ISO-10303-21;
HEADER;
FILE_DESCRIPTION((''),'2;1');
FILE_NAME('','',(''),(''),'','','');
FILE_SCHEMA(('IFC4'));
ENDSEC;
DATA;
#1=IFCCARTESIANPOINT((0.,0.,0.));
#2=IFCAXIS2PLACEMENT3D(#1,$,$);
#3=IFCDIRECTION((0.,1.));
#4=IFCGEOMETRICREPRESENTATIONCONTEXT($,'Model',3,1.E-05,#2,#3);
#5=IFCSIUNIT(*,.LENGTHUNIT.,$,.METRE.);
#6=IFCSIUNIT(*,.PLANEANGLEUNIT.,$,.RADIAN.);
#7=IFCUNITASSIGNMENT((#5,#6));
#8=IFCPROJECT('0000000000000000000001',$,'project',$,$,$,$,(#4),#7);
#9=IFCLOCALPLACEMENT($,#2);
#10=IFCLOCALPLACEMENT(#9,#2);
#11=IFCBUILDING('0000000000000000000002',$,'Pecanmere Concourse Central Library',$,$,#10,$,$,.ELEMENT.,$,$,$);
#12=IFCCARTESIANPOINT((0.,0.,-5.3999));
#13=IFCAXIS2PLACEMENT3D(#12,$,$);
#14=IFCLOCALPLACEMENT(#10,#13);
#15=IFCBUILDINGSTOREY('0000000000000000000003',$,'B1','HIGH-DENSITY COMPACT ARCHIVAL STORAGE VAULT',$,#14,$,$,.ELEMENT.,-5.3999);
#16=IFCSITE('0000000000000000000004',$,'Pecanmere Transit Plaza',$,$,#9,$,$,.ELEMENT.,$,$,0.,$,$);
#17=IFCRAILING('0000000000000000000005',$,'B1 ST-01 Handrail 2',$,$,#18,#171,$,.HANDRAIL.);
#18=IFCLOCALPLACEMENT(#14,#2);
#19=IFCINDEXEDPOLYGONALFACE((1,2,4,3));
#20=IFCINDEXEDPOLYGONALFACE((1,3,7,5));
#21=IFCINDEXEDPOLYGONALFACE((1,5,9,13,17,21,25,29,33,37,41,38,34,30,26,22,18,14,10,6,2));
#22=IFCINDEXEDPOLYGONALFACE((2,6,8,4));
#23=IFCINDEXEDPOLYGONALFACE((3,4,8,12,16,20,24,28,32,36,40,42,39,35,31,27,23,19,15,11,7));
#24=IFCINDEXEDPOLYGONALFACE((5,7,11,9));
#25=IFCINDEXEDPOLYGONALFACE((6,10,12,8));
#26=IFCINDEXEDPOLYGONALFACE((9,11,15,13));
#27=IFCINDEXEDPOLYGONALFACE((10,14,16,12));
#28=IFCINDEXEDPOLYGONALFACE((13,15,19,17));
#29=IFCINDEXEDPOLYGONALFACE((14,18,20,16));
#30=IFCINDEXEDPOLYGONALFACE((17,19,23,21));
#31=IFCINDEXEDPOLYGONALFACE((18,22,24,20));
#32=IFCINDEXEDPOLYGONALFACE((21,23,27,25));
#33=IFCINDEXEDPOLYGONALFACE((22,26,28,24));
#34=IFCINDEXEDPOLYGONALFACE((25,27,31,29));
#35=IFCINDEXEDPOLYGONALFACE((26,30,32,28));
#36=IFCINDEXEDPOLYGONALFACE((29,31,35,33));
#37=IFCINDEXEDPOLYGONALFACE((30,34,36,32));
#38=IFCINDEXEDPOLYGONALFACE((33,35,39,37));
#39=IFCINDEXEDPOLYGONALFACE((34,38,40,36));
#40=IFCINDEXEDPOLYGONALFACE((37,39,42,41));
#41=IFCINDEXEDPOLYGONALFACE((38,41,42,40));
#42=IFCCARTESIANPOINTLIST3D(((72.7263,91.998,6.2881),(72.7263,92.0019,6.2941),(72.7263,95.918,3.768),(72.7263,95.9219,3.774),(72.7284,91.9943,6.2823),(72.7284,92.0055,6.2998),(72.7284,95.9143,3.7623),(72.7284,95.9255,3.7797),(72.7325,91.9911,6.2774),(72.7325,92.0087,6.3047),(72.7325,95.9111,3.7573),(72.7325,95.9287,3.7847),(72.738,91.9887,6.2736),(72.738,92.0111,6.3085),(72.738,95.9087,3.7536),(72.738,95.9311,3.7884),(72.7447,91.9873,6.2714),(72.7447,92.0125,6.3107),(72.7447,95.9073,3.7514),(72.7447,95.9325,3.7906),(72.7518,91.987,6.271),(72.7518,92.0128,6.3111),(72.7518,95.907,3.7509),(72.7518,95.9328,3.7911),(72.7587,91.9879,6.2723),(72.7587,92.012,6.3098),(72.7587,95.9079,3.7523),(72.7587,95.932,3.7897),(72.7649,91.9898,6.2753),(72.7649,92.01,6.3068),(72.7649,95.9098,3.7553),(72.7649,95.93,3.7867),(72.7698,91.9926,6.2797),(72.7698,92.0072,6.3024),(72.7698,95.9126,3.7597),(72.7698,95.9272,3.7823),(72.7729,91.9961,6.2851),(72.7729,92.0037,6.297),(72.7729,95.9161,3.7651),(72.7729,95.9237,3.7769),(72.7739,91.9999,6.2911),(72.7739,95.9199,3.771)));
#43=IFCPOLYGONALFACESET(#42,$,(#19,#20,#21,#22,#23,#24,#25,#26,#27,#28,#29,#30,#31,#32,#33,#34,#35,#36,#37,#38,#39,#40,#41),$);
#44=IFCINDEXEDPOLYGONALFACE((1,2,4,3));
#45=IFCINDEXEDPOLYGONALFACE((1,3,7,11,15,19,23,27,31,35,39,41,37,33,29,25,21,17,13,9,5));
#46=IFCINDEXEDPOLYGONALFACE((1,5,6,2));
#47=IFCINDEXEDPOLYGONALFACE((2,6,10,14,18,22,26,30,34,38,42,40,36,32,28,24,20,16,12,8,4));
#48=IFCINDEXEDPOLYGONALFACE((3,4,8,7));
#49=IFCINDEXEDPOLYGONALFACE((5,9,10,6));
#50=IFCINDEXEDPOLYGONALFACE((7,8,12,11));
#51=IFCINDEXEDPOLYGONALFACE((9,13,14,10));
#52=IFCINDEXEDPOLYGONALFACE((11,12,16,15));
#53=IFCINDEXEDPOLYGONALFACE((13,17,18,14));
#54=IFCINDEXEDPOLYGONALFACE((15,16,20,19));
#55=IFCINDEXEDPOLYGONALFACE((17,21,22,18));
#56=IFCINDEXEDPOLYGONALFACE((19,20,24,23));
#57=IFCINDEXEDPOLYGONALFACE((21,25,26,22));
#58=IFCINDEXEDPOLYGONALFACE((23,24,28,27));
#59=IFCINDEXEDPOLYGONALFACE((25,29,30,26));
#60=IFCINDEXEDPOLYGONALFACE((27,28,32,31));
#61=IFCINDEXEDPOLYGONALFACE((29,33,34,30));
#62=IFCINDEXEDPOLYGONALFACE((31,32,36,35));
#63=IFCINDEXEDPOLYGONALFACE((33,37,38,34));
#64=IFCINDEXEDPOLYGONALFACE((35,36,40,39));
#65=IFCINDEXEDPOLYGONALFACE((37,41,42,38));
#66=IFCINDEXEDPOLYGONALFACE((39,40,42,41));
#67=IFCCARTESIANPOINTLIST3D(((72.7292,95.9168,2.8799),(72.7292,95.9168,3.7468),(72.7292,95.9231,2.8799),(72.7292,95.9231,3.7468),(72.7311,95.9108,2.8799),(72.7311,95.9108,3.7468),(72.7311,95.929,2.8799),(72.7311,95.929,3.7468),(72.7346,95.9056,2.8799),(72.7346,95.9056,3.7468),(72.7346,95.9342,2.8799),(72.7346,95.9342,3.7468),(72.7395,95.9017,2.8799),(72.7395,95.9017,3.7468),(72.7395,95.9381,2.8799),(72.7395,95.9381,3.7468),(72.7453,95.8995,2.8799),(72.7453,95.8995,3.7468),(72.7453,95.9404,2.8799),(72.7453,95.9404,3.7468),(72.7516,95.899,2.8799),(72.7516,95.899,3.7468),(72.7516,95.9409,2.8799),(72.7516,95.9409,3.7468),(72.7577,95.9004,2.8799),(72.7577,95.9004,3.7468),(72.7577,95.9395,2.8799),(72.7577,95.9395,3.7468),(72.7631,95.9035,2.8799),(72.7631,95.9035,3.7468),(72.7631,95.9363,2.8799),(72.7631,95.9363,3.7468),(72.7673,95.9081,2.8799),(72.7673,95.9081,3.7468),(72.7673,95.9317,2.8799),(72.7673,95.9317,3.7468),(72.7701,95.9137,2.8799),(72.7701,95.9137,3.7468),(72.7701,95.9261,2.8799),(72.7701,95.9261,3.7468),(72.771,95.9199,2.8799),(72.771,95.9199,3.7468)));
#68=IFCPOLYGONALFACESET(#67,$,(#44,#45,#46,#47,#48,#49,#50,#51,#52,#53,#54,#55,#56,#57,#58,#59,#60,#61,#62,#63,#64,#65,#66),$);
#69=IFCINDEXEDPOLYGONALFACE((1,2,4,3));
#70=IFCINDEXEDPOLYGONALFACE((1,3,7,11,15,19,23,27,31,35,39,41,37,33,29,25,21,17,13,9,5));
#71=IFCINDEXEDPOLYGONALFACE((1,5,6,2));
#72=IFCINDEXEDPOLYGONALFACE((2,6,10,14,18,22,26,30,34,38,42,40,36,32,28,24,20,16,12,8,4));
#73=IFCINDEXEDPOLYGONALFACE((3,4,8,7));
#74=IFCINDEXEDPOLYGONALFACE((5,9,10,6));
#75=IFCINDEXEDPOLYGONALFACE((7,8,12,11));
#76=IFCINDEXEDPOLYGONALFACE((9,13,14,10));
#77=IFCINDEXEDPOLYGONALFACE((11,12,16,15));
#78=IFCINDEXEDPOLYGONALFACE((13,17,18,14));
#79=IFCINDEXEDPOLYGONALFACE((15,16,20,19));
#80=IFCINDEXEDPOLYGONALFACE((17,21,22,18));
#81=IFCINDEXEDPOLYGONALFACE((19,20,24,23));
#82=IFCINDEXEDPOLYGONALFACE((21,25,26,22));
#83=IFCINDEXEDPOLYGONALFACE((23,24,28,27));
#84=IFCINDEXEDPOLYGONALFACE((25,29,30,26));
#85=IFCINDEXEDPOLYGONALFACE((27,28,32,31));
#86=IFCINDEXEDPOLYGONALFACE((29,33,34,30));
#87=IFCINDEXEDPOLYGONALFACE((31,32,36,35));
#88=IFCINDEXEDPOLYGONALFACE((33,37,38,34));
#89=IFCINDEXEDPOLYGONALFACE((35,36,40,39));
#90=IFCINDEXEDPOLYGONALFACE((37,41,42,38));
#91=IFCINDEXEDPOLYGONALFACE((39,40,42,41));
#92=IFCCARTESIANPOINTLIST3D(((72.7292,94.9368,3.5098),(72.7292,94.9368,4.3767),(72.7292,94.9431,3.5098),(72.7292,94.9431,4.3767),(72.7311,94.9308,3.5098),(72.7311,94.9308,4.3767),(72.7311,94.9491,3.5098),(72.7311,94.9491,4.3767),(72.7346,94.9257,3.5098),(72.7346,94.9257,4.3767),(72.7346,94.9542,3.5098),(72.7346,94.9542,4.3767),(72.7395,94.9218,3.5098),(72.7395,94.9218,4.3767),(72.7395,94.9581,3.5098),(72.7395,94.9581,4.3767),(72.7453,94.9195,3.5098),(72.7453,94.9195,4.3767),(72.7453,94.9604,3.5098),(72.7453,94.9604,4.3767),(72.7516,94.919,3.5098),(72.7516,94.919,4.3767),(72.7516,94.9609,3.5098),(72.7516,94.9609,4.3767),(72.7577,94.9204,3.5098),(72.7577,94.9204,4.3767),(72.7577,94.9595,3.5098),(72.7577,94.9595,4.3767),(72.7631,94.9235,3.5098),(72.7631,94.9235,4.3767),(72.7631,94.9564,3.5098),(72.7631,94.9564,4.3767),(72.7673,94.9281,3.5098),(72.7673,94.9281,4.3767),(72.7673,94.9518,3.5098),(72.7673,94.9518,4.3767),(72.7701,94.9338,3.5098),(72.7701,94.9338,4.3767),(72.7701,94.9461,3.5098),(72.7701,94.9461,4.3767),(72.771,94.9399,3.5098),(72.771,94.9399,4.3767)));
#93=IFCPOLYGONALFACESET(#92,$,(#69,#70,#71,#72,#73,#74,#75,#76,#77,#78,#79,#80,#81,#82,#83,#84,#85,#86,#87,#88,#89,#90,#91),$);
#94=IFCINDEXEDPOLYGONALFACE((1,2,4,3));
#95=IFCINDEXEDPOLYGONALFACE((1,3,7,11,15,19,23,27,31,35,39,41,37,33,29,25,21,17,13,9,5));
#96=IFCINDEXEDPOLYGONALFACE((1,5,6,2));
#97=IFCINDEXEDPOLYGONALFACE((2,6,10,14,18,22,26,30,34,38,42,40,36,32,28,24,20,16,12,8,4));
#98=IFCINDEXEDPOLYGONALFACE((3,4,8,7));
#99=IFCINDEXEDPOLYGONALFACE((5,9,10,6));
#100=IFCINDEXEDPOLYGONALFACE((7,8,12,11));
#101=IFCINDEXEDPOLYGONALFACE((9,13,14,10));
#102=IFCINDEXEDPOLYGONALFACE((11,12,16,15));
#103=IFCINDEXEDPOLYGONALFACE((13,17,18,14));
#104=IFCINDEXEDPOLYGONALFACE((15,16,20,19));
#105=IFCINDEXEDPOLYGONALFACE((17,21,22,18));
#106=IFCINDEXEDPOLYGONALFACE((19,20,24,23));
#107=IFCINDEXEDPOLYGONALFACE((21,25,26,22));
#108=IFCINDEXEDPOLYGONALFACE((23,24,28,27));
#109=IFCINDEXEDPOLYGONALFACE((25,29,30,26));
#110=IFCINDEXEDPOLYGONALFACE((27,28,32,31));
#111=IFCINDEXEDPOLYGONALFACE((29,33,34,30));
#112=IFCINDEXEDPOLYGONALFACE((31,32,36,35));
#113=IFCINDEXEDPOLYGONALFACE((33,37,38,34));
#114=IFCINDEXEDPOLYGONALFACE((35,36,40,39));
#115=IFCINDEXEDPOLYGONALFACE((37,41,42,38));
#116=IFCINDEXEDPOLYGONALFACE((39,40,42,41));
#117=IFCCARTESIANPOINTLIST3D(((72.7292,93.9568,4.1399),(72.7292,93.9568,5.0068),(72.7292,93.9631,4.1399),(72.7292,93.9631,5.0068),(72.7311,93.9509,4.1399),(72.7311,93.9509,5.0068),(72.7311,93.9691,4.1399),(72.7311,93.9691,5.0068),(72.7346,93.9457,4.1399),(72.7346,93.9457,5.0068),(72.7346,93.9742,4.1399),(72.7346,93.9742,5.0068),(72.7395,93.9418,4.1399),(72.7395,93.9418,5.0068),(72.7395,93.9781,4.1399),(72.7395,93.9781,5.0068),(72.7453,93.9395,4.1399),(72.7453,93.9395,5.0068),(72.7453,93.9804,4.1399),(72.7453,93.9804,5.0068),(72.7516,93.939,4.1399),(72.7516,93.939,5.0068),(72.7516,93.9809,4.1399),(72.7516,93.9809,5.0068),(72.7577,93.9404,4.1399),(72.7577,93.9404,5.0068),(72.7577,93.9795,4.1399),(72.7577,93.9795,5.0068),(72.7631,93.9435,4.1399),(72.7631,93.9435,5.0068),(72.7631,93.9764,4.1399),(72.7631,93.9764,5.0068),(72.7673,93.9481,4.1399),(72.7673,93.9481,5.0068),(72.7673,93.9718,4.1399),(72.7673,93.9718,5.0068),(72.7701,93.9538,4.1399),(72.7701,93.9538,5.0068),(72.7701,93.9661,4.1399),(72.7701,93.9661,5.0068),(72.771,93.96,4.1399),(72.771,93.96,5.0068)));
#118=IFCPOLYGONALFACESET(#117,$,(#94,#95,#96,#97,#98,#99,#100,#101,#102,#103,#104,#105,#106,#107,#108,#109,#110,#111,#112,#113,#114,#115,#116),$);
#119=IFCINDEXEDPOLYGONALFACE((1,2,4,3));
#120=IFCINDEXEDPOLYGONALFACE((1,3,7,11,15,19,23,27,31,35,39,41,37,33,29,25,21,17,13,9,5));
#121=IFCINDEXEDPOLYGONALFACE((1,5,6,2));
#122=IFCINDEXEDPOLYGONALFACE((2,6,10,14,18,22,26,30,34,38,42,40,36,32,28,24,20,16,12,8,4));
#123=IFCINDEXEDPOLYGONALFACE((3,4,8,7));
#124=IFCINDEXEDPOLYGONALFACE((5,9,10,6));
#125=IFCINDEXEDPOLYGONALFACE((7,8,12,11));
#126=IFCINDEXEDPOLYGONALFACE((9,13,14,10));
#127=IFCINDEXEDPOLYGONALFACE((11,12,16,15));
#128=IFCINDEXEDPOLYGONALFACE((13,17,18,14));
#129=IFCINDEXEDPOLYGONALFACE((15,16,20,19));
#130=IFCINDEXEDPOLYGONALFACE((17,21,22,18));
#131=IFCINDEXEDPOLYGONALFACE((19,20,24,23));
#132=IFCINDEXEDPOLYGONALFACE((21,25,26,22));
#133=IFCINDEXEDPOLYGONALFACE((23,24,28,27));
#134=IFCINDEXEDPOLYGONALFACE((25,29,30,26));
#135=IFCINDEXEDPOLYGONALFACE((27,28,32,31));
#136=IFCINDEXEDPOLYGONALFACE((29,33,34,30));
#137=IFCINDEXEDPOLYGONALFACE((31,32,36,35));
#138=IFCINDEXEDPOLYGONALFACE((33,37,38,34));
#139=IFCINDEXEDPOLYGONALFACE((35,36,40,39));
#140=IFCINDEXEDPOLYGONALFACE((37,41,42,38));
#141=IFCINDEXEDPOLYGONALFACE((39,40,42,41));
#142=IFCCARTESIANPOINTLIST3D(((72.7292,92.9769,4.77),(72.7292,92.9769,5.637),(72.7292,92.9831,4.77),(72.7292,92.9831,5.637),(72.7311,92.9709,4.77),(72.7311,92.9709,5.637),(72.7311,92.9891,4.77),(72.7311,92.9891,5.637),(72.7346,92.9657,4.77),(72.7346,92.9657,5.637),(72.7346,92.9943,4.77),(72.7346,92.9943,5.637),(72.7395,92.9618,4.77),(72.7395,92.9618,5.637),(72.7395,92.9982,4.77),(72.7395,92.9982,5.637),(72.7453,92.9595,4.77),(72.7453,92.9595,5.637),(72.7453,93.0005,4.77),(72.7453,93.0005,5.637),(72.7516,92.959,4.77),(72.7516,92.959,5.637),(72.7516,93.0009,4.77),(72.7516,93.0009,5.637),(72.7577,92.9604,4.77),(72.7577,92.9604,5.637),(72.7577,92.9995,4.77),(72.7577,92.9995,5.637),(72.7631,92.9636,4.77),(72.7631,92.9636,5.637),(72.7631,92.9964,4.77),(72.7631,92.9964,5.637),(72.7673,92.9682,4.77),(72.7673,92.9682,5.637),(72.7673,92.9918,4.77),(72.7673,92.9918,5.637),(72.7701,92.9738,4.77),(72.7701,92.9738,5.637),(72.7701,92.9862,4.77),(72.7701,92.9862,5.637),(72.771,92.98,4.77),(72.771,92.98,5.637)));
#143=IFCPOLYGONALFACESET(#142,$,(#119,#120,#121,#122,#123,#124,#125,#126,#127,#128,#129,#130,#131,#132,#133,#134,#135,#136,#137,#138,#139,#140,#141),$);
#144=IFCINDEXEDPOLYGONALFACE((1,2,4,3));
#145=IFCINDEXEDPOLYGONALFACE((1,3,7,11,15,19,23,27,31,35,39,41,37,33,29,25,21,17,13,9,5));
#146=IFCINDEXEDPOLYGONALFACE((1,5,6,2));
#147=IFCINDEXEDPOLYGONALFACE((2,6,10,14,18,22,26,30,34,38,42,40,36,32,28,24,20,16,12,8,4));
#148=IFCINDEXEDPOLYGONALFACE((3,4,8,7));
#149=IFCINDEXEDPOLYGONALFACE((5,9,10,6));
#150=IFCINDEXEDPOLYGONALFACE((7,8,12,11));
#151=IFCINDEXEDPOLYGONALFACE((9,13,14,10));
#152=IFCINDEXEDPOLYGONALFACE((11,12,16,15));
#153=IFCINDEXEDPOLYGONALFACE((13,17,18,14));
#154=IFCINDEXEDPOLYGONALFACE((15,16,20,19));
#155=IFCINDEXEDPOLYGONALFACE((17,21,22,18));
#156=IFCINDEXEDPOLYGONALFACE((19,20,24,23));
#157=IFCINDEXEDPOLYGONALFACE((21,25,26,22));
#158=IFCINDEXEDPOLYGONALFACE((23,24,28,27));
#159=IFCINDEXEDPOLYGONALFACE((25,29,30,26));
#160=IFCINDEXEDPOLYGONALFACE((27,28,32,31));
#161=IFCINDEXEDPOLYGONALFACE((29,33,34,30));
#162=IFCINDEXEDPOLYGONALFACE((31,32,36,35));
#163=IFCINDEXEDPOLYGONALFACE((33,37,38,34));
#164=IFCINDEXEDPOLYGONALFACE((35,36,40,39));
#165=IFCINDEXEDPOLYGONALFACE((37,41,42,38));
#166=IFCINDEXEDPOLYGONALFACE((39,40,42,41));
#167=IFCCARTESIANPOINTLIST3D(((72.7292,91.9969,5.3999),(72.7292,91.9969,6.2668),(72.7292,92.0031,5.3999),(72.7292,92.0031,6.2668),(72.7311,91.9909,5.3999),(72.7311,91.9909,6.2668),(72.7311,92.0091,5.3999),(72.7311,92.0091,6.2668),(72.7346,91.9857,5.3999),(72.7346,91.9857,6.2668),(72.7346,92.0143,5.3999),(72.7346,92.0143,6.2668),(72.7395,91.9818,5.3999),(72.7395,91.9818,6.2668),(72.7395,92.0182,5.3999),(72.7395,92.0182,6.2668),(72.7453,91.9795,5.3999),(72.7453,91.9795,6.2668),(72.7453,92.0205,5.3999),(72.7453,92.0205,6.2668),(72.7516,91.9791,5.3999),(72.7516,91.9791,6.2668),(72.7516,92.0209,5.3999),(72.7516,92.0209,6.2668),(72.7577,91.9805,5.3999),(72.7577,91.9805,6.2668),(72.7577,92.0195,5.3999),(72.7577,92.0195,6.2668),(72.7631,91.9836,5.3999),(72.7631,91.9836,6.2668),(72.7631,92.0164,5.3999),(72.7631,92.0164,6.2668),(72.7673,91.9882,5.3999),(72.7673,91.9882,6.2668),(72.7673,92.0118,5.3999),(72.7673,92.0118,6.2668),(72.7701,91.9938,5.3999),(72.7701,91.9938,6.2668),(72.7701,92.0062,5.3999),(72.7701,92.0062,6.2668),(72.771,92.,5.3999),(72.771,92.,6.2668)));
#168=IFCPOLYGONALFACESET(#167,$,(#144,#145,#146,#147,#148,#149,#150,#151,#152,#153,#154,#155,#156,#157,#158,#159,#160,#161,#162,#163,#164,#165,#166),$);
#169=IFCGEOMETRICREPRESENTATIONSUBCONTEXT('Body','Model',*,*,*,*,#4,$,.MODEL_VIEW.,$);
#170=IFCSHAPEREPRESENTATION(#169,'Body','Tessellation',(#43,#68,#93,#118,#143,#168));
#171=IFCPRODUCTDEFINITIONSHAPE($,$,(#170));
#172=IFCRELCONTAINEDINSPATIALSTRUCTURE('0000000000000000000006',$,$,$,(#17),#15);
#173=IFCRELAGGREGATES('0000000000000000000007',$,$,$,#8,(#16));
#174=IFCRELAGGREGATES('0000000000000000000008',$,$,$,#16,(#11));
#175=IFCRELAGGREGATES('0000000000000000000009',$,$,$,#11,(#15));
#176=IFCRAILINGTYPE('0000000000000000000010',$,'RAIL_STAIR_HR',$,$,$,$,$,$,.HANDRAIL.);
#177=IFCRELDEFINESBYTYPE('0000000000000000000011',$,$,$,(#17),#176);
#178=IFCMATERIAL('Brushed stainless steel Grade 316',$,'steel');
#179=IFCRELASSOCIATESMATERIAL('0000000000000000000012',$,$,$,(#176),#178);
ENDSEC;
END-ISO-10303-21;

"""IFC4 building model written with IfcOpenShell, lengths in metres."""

from ifc_helpers import new_model, si_unit, direction, frame, origin, origin_2d, place, context, subcontext, project, spatial, circle, extrude, material, type_object, element, save


model = new_model("IFC4")

# Units and contexts
model_context = context("Model", 3, precision=1e-05, world=origin(), true_north=direction((0.0, 1.0)))
body_context = subcontext(model_context, "Body", "Model", "MODEL_VIEW")
ifc_project = project(units=[si_unit("LENGTHUNIT", "METRE"), si_unit("PLANEANGLEUNIT", "RADIAN")], contexts=[model_context])

# Site, building, storey
site_placement = place(None, origin())
site = spatial("IfcSite", under=ifc_project, at=site_placement, Name="Pecanmere Transit Plaza", CompositionType="ELEMENT", RefElevation=0.0)
building_placement = place(site_placement, origin())
building = spatial("IfcBuilding", under=site, at=building_placement, Name="Pecanmere Concourse Central Library", CompositionType="ELEMENT")
storey_placement = place(building_placement, frame((0.0, 0.0, -5.3999)))
storey = spatial("IfcBuildingStorey", under=building, at=storey_placement, Name="B1", Description="HIGH-DENSITY COMPACT ARCHIVAL STORAGE VAULT", CompositionType="ELEMENT", Elevation=-5.3999)

# Railing
ifc_material_1 = material(Name="Brushed stainless steel Grade 316", Category="steel")
railing_type_1 = type_object("IfcRailingType", Name="RAIL_STAIR_HR", PredefinedType="HANDRAIL", material=ifc_material_1)
railing_1_placement = place(storey_placement, frame((72.75, 95.9199, 2.8799)))
element("IfcRailing", 1, at=railing_1_placement, inside=storey, type_object=railing_type_1, Name="B1 ST-01 Handrail 2", PredefinedType="HANDRAIL", context=body_context, shape_type="SweptSolid", body=[
    extrude(circle(Radius=0.0239, at=origin_2d()), frame((0.0, 0.0, 0.8911), z_axis=(0.0, -0.841172, 0.540768), x_axis=(1.0, 0.0, 0.0)), (0.0, 0.0, 1.0), 4.6602),
    extrude(circle(Radius=0.021, at=origin_2d()), origin(), (0.0, 0.0, 1.0), 0.8669),
    extrude(circle(Radius=0.021, at=origin_2d()), frame((0.0, -0.98, 0.6299)), (0.0, 0.0, 1.0), 0.8669),
    extrude(circle(Radius=0.021, at=origin_2d()), frame((0.0, -1.96, 1.26)), (0.0, 0.0, 1.0), 0.8669),
    extrude(circle(Radius=0.021, at=origin_2d()), frame((0.0, -2.9399, 1.8901)), (0.0, 0.0, 1.0), 0.8669),
    extrude(circle(Radius=0.021, at=origin_2d()), frame((0.0, -3.9199, 2.52)), (0.0, 0.0, 1.0), 0.8669),
])

save(model, "model.ifc")
